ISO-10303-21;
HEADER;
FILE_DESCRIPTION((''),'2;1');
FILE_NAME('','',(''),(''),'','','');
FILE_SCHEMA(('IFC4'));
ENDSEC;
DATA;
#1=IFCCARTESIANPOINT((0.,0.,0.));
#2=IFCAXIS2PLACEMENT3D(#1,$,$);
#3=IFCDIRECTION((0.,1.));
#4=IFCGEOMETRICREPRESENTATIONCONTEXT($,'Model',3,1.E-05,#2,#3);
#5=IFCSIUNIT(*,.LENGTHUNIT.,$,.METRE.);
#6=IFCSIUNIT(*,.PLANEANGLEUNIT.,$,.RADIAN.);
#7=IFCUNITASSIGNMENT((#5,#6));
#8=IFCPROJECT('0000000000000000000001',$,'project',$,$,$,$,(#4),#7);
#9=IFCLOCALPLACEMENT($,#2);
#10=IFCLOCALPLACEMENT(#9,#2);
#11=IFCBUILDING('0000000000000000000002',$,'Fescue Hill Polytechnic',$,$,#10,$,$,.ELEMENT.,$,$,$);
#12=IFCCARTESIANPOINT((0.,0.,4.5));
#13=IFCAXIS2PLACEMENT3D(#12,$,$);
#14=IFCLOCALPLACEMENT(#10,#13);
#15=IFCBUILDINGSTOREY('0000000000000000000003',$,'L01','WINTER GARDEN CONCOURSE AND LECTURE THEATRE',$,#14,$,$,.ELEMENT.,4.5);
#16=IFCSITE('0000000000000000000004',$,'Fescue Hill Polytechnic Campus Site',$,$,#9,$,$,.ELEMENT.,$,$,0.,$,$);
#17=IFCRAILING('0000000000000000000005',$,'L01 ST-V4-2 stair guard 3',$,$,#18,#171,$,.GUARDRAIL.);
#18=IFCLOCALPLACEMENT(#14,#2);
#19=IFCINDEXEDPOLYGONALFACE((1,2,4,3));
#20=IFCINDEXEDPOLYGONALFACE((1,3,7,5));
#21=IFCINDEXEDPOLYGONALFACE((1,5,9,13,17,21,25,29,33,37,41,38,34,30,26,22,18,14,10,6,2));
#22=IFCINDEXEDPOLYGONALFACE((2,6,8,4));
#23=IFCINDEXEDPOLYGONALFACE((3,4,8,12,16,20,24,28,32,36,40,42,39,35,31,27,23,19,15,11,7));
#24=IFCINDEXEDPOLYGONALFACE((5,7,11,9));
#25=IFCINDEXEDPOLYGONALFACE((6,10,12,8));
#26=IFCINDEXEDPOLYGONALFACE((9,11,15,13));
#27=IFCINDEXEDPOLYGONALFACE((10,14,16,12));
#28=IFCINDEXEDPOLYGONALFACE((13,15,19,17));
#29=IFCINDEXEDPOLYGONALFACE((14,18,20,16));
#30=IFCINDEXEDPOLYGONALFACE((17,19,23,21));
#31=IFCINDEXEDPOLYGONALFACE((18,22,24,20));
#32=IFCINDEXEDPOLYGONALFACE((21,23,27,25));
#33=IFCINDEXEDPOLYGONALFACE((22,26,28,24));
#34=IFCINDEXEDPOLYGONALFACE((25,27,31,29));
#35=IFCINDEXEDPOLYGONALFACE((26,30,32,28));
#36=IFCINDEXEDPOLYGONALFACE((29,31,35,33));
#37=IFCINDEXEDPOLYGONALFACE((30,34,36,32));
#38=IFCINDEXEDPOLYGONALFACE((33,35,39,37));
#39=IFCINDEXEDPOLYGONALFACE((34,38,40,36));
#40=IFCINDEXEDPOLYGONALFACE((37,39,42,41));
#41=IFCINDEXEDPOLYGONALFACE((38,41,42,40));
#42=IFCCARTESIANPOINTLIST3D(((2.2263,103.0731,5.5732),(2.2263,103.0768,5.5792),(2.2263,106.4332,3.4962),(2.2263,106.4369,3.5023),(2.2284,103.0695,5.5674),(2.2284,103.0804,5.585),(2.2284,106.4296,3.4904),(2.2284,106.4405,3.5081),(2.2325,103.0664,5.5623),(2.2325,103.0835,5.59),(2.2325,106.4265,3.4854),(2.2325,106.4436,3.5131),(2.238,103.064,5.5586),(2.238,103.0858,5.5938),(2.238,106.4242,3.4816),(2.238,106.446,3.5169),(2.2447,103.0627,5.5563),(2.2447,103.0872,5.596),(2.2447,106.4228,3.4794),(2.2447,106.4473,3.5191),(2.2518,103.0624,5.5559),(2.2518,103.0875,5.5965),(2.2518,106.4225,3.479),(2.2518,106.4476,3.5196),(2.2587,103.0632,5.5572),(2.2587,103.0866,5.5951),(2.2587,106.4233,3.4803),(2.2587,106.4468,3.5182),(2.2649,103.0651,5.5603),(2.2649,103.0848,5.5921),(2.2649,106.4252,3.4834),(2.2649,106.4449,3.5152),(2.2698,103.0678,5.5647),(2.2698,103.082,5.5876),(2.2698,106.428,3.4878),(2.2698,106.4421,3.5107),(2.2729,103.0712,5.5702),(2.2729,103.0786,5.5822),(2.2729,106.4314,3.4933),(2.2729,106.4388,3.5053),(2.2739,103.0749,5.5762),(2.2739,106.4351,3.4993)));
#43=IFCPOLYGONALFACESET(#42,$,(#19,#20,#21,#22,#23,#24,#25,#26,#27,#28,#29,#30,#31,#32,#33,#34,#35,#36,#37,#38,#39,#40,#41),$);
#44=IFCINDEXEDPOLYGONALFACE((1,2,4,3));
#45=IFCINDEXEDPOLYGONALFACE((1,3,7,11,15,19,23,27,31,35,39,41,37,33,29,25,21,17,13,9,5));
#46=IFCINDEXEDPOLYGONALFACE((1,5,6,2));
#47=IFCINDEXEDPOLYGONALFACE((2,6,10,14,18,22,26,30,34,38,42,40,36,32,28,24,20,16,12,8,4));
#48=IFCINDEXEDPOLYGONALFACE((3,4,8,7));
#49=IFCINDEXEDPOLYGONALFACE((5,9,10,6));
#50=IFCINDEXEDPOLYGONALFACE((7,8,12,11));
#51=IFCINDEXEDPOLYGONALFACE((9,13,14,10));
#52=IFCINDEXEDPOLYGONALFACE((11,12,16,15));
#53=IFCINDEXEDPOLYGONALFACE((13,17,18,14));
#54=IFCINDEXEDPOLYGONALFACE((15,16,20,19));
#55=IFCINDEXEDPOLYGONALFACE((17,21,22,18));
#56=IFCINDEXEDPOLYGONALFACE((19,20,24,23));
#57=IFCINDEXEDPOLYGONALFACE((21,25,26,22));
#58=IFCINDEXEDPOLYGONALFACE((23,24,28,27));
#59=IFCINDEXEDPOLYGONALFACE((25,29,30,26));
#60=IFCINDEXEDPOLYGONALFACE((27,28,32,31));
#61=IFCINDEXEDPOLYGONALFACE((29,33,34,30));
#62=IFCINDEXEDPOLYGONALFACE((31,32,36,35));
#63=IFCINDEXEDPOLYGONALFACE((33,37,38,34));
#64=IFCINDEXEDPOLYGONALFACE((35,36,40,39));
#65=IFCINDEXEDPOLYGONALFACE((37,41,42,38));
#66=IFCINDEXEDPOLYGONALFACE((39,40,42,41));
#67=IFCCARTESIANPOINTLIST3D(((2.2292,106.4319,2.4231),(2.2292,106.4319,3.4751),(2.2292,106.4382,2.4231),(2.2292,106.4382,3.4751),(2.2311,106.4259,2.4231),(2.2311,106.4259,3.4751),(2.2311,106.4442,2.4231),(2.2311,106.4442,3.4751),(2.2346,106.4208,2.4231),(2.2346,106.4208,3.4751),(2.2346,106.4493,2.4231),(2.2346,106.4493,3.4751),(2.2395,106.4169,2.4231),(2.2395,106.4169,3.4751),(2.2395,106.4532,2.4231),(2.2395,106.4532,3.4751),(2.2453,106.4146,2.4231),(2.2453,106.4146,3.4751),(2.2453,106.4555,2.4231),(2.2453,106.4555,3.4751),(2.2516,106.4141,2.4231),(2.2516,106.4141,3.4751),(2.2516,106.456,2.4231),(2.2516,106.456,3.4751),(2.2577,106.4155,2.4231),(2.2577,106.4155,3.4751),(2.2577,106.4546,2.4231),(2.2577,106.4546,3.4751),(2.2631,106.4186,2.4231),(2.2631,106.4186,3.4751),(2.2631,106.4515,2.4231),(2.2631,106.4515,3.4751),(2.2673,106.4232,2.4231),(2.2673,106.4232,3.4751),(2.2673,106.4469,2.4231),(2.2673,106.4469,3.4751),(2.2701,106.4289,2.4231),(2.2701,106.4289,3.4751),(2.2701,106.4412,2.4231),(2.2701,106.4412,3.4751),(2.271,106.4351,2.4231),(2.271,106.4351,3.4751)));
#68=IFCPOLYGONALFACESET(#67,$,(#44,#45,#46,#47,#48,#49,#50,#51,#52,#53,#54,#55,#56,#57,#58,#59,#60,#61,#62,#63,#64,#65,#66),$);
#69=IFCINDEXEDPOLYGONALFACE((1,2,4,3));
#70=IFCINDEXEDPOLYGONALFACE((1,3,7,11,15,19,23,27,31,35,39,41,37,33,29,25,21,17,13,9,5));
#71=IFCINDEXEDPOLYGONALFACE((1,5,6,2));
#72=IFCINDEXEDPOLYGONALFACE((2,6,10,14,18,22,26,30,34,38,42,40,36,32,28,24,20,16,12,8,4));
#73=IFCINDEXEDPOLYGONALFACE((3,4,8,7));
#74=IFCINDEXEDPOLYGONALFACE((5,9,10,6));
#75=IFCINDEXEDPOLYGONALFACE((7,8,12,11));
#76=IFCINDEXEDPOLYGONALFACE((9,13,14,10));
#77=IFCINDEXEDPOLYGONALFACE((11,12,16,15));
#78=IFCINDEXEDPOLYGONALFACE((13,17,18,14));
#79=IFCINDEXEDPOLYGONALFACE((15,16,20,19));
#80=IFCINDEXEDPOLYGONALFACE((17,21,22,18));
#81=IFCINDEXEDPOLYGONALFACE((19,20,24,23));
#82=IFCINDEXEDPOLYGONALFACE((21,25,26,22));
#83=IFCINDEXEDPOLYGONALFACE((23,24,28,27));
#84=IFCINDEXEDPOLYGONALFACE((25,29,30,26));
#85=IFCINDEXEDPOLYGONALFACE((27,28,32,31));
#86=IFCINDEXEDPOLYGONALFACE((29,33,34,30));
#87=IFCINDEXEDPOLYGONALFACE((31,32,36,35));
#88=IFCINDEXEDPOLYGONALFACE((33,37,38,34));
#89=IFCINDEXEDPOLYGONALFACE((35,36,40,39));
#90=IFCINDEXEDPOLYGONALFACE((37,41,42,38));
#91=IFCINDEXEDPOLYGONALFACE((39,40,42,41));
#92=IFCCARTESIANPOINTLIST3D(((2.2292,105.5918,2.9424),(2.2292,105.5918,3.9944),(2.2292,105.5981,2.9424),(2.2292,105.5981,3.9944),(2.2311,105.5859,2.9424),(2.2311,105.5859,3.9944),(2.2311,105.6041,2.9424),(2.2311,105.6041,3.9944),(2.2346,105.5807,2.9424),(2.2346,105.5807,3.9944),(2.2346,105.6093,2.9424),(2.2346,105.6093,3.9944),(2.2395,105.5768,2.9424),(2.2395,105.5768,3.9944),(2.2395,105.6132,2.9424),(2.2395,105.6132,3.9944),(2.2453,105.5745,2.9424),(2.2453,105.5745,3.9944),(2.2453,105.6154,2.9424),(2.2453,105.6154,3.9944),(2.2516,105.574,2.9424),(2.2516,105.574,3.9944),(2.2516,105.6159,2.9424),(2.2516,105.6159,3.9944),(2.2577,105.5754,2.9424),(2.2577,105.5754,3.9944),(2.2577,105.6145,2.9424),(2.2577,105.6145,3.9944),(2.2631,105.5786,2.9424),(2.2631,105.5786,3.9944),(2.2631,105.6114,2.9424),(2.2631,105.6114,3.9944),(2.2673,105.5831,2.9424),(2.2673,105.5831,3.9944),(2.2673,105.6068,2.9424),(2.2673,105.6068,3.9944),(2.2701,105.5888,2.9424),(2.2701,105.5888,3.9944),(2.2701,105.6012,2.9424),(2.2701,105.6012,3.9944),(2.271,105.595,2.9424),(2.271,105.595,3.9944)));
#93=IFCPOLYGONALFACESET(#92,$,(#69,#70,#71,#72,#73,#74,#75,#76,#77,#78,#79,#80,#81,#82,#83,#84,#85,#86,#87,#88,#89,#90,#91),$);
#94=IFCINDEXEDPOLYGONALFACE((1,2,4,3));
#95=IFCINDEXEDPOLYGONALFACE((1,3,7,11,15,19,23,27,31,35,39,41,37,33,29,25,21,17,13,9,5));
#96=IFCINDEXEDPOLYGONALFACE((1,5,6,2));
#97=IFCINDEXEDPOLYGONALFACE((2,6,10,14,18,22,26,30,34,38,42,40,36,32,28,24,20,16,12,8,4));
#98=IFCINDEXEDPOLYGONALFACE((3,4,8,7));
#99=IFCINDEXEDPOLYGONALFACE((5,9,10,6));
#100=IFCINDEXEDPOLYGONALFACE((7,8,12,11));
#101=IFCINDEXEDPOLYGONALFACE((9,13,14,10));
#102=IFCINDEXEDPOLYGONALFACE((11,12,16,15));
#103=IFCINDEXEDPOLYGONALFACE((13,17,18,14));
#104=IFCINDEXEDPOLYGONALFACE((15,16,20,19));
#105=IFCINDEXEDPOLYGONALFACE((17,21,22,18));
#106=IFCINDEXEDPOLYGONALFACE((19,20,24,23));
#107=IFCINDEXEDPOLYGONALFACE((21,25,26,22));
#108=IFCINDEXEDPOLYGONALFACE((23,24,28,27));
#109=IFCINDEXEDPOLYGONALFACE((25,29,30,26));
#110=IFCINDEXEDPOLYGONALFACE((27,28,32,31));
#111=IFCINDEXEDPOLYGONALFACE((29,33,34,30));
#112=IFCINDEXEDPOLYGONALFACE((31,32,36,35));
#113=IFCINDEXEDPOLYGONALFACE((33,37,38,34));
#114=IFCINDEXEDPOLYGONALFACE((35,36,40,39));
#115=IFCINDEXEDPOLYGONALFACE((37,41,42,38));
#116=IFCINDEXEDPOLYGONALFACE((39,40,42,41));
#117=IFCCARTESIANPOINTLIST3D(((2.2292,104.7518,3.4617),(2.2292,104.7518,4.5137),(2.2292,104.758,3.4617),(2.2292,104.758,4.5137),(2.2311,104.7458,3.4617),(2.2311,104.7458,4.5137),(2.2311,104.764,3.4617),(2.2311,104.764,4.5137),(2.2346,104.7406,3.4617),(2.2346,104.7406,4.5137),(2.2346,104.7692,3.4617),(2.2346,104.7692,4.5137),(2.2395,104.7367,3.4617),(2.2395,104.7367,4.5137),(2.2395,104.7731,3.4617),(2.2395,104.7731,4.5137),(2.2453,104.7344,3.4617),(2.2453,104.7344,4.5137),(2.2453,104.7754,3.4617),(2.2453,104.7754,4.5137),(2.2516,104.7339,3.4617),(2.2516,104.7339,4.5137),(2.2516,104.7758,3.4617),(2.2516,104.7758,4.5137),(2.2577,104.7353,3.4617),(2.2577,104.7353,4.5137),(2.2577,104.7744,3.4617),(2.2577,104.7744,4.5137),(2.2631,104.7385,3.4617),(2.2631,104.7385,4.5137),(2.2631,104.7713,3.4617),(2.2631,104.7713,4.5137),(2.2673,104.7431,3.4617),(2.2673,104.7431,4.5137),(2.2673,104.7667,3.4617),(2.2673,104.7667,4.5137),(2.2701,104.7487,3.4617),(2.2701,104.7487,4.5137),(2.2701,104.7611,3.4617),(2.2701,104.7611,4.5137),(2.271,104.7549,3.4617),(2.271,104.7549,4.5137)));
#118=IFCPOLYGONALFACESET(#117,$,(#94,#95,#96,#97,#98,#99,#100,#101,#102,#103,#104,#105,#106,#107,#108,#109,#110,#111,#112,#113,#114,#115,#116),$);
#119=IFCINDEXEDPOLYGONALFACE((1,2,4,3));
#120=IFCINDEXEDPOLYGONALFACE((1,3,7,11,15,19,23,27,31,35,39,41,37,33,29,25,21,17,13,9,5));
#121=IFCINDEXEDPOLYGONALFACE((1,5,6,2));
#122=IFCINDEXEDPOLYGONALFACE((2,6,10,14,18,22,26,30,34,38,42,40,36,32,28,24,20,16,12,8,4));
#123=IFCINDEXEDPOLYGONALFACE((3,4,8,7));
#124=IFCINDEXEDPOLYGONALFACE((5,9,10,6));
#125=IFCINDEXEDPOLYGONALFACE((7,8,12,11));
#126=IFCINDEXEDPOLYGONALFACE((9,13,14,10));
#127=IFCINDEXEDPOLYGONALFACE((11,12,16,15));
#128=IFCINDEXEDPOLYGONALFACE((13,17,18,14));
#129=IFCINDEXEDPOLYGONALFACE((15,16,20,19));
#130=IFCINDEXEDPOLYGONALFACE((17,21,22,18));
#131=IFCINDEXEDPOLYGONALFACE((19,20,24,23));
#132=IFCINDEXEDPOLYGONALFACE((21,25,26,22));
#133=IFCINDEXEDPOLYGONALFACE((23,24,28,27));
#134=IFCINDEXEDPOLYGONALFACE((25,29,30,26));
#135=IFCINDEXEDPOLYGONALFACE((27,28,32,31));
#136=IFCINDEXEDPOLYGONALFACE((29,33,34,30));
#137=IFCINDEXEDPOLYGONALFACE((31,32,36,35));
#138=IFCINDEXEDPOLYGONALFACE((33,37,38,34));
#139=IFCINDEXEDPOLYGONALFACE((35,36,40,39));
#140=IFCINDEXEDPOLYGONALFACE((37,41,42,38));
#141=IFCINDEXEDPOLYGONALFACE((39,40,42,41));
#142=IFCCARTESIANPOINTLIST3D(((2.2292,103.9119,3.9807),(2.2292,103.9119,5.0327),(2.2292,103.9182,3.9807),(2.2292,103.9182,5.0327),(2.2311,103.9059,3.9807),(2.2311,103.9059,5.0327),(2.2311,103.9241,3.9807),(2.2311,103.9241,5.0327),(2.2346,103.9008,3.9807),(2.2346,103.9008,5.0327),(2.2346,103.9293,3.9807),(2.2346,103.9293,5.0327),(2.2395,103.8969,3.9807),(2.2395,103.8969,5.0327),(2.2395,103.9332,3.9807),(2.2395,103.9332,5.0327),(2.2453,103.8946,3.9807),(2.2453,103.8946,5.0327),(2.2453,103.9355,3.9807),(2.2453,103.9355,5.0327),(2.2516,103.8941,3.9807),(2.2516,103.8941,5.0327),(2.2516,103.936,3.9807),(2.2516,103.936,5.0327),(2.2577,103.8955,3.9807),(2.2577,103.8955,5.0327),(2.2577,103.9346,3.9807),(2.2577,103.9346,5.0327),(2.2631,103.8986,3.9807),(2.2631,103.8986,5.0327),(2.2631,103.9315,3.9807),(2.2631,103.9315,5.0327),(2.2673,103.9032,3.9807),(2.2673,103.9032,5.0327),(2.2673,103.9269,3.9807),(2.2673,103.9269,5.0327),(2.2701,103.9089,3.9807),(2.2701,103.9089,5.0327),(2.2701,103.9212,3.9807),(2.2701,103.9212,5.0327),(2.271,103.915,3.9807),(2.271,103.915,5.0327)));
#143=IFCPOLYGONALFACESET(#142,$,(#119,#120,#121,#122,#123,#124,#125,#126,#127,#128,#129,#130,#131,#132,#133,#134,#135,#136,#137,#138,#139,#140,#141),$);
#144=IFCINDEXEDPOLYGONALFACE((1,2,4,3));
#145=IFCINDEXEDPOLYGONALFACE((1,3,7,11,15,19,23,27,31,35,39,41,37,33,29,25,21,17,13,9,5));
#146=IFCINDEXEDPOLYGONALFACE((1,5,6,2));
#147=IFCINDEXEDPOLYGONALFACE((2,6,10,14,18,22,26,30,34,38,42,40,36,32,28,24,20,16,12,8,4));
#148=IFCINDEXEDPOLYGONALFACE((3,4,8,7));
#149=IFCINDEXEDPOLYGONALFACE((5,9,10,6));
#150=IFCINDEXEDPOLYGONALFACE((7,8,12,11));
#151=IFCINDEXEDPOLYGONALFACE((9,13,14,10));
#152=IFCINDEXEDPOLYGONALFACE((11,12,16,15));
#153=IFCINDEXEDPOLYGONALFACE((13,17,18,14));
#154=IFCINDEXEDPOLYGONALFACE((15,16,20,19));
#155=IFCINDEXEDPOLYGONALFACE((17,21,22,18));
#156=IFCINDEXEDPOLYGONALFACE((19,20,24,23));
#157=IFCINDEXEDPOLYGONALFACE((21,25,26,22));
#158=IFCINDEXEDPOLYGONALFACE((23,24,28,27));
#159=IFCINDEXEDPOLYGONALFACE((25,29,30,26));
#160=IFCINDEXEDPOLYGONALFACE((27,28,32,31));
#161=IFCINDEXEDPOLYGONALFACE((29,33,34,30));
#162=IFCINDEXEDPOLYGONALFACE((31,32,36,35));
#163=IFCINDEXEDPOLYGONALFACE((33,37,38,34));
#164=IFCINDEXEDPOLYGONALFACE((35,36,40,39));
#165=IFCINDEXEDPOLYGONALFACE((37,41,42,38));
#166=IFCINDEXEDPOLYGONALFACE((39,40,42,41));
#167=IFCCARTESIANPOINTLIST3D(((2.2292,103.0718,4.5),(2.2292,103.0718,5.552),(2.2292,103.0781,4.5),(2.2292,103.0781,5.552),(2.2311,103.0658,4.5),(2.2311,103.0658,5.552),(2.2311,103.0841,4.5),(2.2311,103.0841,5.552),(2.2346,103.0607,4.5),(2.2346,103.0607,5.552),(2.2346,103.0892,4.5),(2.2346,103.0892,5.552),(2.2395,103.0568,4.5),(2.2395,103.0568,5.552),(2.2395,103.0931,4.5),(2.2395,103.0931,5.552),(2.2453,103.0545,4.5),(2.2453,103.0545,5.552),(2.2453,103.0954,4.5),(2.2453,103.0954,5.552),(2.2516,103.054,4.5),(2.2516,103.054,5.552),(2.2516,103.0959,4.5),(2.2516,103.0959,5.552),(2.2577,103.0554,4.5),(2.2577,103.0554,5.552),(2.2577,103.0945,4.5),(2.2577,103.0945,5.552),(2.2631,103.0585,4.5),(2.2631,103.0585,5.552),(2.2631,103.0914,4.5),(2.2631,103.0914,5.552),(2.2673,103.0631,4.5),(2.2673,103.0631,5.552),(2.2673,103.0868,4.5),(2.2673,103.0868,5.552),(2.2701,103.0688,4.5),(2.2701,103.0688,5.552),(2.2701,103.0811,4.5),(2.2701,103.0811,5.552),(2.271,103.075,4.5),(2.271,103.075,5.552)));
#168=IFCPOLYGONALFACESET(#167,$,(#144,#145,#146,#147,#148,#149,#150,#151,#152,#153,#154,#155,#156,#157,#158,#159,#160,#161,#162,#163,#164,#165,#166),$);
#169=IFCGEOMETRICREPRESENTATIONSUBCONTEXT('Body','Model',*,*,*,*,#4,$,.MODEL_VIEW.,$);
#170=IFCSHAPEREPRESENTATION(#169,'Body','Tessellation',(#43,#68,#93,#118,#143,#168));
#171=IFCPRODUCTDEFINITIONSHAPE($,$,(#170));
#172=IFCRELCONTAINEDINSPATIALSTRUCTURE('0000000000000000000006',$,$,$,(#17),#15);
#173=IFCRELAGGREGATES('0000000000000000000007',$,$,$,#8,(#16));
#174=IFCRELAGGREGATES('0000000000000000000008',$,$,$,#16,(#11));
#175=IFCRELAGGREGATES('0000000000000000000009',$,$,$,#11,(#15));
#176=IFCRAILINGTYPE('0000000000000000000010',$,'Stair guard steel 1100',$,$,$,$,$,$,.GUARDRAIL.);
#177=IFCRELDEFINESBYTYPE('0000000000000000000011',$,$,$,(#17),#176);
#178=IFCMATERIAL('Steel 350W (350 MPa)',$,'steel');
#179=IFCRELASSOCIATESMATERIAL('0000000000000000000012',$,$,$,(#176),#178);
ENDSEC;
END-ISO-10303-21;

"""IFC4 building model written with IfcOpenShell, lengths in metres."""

from ifc_helpers import new_model, si_unit, direction, frame, origin, origin_2d, place, context, subcontext, project, spatial, circle, extrude, material, type_object, element, save


model = new_model("IFC4")

# Units and contexts
model_context = context("Model", 3, precision=1e-05, world=origin(), true_north=direction((0.0, 1.0)))
body_context = subcontext(model_context, "Body", "Model", "MODEL_VIEW")
ifc_project = project(units=[si_unit("LENGTHUNIT", "METRE"), si_unit("PLANEANGLEUNIT", "RADIAN")], contexts=[model_context])

# Site, building, storey
site_placement = place(None, origin())
site = spatial("IfcSite", under=ifc_project, at=site_placement, Name="Fescue Hill Polytechnic Campus Site", CompositionType="ELEMENT", RefElevation=0.0)
building_placement = place(site_placement, origin())
building = spatial("IfcBuilding", under=site, at=building_placement, Name="Fescue Hill Polytechnic", CompositionType="ELEMENT")
storey_placement = place(building_placement, frame((0.0, 0.0, 4.5)))
storey = spatial("IfcBuildingStorey", under=building, at=storey_placement, Name="L01", Description="WINTER GARDEN CONCOURSE AND LECTURE THEATRE", CompositionType="ELEMENT", Elevation=4.5)

# Railing
ifc_material_1 = material(Name="Steel 350W (350 MPa)", Category="steel")
railing_type_1 = type_object("IfcRailingType", Name="Stair guard steel 1100", PredefinedType="GUARDRAIL", material=ifc_material_1)
railing_1_placement = place(storey_placement, frame((2.25, 106.4351, 2.4231)))
element("IfcRailing", 1, at=railing_1_placement, inside=storey, type_object=railing_type_1, Name="L01 ST-V4-2 stair guard 3", PredefinedType="GUARDRAIL", context=body_context, shape_type="SweptSolid", body=[
    extrude(circle(Radius=0.0239, at=origin_2d()), frame((0.0, 0.0, 1.0762), z_axis=(0.0, -0.850623, 0.525776), x_axis=(1.0, 0.0, 0.0)), (0.0, 0.0, 1.0), 3.9502),
    extrude(circle(Radius=0.021, at=origin_2d()), origin(), (0.0, 0.0, 1.0), 1.052),
    extrude(circle(Radius=0.021, at=origin_2d()), frame((0.0, -0.8401, 0.5193)), (0.0, 0.0, 1.0), 1.052),
    extrude(circle(Radius=0.021, at=origin_2d()), frame((0.0, -1.6802, 1.0386)), (0.0, 0.0, 1.0), 1.052),
    extrude(circle(Radius=0.021, at=origin_2d()), frame((0.0, -2.52, 1.5576)), (0.0, 0.0, 1.0), 1.052),
    extrude(circle(Radius=0.021, at=origin_2d()), frame((0.0, -3.3601, 2.0769)), (0.0, 0.0, 1.0), 1.052),
])

save(model, "model.ifc")
